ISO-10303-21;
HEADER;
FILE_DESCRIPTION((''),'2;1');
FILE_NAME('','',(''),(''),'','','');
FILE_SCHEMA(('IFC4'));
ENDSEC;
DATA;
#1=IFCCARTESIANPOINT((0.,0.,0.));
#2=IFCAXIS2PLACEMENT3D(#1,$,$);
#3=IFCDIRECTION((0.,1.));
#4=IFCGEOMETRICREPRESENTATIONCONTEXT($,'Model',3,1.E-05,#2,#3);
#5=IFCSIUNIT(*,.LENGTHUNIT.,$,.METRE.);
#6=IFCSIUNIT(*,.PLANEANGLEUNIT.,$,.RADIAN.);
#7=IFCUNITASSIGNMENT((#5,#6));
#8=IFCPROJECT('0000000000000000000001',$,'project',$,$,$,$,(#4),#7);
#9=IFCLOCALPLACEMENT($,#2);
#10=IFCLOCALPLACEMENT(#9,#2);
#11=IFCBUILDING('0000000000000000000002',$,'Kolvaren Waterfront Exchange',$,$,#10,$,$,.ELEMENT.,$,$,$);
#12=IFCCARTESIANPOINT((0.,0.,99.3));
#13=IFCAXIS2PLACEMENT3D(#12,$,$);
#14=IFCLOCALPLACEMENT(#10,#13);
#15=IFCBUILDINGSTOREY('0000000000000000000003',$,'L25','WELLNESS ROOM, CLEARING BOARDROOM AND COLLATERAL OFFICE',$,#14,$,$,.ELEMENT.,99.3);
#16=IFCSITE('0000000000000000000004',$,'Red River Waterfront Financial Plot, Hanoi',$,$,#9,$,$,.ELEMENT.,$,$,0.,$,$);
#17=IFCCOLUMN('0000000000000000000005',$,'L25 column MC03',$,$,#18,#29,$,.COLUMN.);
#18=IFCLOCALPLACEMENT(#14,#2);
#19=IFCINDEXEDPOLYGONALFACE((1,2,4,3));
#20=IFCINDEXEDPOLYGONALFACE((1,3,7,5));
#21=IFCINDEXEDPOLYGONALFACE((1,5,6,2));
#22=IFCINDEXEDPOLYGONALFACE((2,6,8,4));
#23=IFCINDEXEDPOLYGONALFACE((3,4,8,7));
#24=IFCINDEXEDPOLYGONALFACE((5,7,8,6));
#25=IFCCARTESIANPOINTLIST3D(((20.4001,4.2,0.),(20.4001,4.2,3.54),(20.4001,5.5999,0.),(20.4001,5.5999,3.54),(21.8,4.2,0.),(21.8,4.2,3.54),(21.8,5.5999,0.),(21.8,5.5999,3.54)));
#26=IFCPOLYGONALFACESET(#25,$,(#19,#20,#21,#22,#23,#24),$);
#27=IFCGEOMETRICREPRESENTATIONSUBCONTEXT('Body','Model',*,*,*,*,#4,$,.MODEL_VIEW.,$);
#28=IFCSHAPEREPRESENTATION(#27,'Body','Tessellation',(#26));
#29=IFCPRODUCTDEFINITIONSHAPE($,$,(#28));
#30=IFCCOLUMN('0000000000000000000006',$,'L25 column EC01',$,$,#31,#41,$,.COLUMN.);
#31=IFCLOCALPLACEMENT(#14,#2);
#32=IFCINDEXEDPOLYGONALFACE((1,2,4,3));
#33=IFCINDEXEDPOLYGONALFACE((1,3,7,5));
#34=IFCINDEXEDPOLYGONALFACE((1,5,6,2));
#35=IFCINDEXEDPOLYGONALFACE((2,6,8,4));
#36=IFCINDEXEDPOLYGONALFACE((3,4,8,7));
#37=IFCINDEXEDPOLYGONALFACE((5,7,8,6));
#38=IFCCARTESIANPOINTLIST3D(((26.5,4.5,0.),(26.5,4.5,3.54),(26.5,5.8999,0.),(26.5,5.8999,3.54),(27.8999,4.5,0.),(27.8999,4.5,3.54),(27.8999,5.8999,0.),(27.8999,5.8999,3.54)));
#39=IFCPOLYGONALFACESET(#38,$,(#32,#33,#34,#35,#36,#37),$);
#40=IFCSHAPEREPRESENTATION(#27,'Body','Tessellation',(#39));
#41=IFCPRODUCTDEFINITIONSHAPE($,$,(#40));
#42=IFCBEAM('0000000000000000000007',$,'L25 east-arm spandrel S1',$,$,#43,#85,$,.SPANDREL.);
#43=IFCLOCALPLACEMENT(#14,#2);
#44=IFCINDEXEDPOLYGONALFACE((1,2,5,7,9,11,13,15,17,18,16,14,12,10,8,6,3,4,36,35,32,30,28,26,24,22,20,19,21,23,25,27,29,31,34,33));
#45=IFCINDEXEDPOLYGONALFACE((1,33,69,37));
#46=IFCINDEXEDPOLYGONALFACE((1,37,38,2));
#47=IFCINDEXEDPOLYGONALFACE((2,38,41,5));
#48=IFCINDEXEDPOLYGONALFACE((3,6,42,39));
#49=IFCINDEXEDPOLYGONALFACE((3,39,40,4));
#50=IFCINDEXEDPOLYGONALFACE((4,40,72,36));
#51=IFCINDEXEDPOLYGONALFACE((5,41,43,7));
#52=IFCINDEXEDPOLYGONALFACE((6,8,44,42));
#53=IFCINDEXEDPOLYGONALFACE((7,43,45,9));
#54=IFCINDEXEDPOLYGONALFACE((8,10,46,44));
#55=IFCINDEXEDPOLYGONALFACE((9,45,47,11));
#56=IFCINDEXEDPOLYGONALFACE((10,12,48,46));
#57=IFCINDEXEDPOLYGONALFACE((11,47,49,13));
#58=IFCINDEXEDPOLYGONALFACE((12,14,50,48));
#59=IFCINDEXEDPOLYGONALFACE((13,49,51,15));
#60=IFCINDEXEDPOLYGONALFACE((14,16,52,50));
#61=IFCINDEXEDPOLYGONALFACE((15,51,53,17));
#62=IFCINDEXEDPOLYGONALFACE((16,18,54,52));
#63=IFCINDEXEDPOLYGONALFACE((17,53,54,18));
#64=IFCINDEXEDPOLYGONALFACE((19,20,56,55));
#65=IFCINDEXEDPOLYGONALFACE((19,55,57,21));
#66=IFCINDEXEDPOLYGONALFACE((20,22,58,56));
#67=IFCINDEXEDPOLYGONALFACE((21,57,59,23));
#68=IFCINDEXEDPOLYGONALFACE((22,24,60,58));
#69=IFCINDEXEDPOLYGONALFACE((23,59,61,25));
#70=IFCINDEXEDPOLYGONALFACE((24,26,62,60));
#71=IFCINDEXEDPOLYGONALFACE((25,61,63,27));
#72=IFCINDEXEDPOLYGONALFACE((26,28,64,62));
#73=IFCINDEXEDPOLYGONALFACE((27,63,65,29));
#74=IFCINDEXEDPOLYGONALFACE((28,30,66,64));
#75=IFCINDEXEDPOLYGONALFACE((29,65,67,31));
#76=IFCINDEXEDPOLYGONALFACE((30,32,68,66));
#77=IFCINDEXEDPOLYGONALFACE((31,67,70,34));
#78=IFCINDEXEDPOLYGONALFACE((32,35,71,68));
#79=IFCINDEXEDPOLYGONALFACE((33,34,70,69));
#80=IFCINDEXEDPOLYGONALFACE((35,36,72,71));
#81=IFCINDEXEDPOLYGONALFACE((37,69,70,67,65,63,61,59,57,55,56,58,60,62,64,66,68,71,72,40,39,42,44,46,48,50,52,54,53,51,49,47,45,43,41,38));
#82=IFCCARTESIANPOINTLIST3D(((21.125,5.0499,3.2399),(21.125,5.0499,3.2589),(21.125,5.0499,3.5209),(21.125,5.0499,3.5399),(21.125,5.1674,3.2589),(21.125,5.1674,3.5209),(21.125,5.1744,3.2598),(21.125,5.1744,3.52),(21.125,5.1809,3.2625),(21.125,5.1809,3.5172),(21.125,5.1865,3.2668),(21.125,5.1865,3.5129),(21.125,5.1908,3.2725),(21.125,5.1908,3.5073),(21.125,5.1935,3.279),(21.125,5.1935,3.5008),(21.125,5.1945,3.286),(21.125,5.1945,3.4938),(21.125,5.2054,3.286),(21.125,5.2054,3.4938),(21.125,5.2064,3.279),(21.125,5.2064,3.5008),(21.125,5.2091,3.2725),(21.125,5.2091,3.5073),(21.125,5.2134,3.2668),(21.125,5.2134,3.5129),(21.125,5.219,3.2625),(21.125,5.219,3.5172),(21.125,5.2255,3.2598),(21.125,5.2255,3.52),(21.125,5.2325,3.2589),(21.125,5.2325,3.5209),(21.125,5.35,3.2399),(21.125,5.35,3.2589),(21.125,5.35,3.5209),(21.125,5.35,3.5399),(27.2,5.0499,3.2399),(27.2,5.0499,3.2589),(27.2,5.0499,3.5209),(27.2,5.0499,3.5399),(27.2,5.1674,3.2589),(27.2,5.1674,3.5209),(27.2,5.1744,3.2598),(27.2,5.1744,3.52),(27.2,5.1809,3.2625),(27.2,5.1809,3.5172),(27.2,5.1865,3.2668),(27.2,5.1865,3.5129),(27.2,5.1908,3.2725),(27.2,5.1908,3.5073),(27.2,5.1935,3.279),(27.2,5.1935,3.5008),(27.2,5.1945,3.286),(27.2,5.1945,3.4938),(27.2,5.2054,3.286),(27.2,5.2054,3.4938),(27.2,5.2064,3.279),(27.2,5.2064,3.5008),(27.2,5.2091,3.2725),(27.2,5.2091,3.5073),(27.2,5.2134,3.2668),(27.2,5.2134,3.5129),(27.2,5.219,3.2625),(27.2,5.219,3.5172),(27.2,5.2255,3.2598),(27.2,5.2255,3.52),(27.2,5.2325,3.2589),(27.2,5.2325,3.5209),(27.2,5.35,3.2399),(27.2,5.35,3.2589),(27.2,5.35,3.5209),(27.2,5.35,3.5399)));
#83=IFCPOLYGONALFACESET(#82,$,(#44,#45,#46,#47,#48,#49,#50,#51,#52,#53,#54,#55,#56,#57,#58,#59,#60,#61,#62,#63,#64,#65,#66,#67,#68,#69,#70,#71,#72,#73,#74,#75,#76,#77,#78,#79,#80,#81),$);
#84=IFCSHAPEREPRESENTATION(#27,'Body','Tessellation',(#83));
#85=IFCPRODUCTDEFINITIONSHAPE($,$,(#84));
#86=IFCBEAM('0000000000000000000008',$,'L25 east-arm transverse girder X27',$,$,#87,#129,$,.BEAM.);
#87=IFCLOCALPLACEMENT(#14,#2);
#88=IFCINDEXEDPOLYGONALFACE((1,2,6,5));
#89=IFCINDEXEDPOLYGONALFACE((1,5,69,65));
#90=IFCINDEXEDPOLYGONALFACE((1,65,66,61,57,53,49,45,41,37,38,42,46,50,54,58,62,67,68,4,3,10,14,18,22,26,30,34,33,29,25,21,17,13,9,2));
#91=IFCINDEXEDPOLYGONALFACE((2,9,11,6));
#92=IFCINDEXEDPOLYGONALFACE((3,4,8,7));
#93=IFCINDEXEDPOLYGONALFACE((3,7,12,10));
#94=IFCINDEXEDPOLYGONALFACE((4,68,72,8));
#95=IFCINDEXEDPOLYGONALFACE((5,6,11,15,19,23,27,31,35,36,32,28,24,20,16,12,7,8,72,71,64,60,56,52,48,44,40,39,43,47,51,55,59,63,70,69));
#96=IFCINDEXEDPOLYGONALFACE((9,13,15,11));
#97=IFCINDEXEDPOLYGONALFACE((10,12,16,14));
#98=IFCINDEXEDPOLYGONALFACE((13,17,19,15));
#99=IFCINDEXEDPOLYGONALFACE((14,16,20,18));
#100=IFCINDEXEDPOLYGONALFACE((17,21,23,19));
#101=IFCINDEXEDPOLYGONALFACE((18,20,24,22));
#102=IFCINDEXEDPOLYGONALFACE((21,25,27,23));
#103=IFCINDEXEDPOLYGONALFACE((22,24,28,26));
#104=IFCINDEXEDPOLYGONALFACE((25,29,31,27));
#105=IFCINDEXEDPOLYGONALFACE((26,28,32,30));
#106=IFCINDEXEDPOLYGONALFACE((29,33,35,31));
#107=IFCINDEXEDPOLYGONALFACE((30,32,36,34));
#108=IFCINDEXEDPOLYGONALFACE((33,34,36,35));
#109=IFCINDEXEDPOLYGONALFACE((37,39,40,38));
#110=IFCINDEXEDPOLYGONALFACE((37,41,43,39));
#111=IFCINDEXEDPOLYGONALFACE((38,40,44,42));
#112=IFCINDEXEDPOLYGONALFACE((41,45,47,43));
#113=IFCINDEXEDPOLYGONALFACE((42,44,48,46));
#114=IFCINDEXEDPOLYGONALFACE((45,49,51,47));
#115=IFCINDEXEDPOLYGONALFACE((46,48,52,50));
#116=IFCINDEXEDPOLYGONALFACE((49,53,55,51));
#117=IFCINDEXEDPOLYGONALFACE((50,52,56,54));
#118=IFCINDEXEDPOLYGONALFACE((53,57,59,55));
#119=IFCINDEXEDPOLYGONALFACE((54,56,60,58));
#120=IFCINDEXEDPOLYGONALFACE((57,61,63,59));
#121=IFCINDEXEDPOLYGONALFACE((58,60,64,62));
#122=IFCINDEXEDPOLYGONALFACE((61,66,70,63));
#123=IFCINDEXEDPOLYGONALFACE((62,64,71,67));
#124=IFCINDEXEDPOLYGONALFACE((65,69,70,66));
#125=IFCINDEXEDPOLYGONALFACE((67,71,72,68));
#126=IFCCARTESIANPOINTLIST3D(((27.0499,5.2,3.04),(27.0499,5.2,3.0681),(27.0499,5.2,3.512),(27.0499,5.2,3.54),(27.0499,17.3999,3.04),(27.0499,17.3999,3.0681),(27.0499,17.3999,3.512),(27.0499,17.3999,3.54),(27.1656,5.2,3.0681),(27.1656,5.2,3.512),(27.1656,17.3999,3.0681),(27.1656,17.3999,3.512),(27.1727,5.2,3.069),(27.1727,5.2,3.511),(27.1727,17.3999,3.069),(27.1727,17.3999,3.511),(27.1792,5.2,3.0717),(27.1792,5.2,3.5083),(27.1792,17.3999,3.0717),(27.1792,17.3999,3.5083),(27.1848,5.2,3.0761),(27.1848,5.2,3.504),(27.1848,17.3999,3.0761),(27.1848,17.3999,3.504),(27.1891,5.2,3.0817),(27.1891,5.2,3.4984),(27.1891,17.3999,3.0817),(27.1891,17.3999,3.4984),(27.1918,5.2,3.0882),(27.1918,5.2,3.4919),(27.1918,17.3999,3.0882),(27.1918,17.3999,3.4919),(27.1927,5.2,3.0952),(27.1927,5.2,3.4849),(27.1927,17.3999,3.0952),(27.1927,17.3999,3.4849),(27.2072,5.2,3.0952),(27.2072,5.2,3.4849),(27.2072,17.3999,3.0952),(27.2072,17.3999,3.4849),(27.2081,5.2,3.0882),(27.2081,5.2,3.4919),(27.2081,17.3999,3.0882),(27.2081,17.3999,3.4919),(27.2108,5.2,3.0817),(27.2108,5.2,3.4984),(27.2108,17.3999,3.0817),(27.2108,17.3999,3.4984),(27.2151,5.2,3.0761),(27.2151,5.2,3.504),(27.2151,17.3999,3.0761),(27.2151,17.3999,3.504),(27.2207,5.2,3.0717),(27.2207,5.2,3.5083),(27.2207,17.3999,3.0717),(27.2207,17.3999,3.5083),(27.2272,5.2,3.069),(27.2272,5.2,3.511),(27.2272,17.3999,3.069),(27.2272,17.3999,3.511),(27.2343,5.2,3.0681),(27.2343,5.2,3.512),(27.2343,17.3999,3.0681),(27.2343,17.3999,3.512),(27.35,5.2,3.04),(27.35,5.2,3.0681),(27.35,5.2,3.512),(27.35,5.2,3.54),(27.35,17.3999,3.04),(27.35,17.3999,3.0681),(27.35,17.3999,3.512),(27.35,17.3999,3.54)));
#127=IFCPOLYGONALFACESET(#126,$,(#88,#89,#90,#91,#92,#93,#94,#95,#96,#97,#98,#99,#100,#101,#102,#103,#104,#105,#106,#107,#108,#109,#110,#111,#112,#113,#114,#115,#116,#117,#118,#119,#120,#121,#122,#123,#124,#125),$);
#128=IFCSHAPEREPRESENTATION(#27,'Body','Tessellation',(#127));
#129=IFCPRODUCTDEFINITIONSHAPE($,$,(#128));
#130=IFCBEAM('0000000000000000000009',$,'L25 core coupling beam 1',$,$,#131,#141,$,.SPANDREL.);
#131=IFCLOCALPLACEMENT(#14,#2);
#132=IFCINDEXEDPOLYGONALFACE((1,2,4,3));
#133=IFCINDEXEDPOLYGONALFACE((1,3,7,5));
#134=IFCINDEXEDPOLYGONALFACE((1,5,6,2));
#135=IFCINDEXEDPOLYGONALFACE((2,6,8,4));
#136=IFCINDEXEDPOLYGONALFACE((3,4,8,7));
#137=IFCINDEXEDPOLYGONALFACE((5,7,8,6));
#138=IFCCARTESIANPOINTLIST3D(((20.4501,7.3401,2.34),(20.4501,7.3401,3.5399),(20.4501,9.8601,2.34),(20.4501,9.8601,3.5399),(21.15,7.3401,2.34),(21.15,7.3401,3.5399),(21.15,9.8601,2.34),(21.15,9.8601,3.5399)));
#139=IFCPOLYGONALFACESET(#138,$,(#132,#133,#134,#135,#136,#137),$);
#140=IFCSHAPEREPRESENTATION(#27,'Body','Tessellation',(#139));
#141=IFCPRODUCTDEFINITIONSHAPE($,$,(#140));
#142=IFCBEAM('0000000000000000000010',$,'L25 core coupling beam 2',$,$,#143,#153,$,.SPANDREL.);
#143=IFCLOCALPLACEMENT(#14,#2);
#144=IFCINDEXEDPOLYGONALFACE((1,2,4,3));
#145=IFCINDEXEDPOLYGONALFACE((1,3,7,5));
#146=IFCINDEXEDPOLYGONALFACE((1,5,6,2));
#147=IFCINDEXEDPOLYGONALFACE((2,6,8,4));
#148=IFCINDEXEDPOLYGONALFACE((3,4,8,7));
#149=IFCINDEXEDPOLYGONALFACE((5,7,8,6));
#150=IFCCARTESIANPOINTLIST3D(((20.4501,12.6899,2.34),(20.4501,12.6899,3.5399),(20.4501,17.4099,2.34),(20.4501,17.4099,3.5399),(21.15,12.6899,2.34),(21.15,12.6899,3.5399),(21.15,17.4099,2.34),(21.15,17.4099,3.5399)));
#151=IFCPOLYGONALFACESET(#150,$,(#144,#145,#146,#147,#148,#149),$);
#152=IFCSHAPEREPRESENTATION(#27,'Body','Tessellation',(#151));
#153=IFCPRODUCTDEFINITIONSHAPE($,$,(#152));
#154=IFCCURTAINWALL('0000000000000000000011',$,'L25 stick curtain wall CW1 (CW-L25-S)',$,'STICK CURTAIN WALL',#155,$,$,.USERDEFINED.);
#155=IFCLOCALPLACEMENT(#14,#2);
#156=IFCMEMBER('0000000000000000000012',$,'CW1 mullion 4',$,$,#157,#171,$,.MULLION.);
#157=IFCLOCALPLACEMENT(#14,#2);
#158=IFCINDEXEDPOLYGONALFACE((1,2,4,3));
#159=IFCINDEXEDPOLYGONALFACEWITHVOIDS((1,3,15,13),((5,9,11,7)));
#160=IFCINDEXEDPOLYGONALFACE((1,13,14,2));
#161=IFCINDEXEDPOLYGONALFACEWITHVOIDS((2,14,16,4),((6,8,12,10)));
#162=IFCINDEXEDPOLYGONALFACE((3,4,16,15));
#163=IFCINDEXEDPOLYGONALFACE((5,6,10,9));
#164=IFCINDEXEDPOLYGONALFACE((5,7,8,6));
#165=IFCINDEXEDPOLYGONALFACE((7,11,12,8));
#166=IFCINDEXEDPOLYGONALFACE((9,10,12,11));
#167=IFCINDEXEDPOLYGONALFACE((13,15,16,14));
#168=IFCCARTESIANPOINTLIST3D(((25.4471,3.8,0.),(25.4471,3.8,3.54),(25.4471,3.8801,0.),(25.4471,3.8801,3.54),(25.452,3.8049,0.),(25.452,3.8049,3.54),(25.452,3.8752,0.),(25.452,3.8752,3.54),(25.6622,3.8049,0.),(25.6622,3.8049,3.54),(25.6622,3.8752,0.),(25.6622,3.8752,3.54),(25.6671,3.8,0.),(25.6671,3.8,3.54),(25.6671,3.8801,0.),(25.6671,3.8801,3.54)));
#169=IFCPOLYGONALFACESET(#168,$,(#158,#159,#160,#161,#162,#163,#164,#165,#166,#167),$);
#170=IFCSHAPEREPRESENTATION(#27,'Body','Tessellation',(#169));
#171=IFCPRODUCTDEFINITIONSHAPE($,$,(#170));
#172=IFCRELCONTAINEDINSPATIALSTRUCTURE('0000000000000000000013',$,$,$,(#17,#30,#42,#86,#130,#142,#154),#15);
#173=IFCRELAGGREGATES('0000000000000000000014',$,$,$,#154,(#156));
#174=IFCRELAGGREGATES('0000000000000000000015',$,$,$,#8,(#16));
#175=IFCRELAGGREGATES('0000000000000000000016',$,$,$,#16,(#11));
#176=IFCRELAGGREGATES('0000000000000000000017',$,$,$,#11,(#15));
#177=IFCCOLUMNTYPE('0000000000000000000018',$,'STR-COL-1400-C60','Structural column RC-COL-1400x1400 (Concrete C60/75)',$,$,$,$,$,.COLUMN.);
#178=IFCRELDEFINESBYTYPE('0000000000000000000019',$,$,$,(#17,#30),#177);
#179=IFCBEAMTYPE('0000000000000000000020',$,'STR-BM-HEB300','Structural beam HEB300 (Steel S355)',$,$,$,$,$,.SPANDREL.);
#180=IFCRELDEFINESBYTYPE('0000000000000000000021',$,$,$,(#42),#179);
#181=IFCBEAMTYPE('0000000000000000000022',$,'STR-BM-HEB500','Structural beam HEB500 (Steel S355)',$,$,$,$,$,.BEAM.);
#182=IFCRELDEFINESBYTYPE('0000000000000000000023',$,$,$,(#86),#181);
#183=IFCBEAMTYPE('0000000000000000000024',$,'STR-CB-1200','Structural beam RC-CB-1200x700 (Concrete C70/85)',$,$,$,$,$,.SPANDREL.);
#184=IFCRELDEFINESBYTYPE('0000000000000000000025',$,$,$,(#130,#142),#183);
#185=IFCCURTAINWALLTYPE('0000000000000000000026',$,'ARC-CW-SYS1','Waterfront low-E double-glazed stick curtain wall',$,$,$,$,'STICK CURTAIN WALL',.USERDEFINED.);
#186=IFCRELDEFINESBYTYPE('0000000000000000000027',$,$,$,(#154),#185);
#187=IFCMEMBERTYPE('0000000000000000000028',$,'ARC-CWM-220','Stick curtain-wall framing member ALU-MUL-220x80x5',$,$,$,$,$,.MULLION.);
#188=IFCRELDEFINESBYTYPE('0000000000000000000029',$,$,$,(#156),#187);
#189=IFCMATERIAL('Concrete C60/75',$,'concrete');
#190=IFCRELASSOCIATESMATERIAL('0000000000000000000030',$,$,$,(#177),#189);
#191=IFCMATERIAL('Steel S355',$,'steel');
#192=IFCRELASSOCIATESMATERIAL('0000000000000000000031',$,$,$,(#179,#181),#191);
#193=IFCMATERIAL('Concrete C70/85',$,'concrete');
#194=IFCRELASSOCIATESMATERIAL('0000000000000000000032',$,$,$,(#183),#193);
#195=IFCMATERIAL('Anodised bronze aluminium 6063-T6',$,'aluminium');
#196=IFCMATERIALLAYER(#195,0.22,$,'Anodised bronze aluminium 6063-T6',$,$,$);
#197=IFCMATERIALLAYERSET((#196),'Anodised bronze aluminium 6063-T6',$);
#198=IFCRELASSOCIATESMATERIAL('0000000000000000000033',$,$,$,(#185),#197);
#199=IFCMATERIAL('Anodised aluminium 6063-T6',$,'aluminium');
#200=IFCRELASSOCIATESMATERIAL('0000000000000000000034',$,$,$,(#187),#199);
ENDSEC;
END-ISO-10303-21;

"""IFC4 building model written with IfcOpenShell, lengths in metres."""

from ifc_helpers import new_model, si_unit, direction, frame, origin, origin_with_axes, origin_2d, place, context, subcontext, project, spatial, rectangle, hollow_rectangle, i_section, extrude, source, transform, mapped, material, layer, layer_set, material_profile, profile_set, type_object, element, aggregate, save


model = new_model("IFC4")

# Units and contexts
model_context = context("Model", 3, precision=1e-05, world=origin(), true_north=direction((0.0, 1.0)))
body_context = subcontext(model_context, "Body", "Model", "MODEL_VIEW")
ifc_project = project(units=[si_unit("LENGTHUNIT", "METRE"), si_unit("PLANEANGLEUNIT", "RADIAN")], contexts=[model_context])

# Site, building, storey
site_placement = place(None, origin())
site = spatial("IfcSite", under=ifc_project, at=site_placement, Name="Red River Waterfront Financial Plot, Hanoi", CompositionType="ELEMENT", RefElevation=0.0)
building_placement = place(site_placement, origin())
building = spatial("IfcBuilding", under=site, at=building_placement, Name="Kolvaren Waterfront Exchange", CompositionType="ELEMENT")
storey_placement = place(building_placement, frame((0.0, 0.0, 99.3)))
storey = spatial("IfcBuildingStorey", under=building, at=storey_placement, Name="L25", Description="WELLNESS ROOM, CLEARING BOARDROOM AND COLLATERAL OFFICE", CompositionType="ELEMENT", Elevation=99.3)

# Columns
ifc_material_1 = material(Name="Concrete C60/75", Category="concrete")
ifc_material_profile_1 = material_profile(ifc_material_1, rectangle(XDim=1.3999, YDim=1.3999, at=origin_2d()), Name="RC-COL-1400x1400")
ifc_profile_set_1 = profile_set([ifc_material_profile_1], Name="Concrete C60/75")
column_type = type_object("IfcColumnType", Name="STR-COL-1400-C60", Description="Structural column RC-COL-1400x1400 (Concrete C60/75)", PredefinedType="COLUMN", material=ifc_profile_set_1)
for number, where, z_axis, x_axis, name in (
    (1, (21.1001, 4.8999, 0.0), (0.0, 0.0, 1.0), (1.0, 0.0, 0.0), "L25 column MC03"),
    (2, (27.2, 5.2, 0.0), (0.0, 0.0, 1.0), (1.0, 0.0, 0.0), "L25 column EC01"),
):
    element("IfcColumn", number, at=place(storey_placement, frame(where, z_axis=z_axis, x_axis=x_axis)), inside=storey, type_object=column_type, Name=name, PredefinedType="COLUMN", context=body_context, shape_type="SweptSolid", body=[
        extrude(rectangle(XDim=1.3999, YDim=1.3999, at=origin_2d()), origin(), (0.0, 0.0, 1.0), 3.54),
    ])

# Beams
ifc_material_2 = material(Name="Steel S355", Category="steel")
ifc_material_profile_2 = material_profile(ifc_material_2, i_section(OverallWidth=0.3, OverallDepth=0.3, WebThickness=0.011, FlangeThickness=0.019, FilletRadius=0.0271, at=origin_2d()), Name="HEB300")
ifc_profile_set_2 = profile_set([ifc_material_profile_2], Name="Steel S355")
beam_type_1 = type_object("IfcBeamType", Name="STR-BM-HEB300", Description="Structural beam HEB300 (Steel S355)", PredefinedType="SPANDREL", material=ifc_profile_set_2)
beam_1_placement = place(storey_placement, frame((21.125, 5.2, 3.3899), z_axis=(1.0, 0.0, 0.0), x_axis=(0.0, 1.0, 0.0)))
element("IfcBeam", 3, at=beam_1_placement, inside=storey, type_object=beam_type_1, Name="L25 east-arm spandrel S1", PredefinedType="SPANDREL", context=body_context, shape_type="SweptSolid", body=[
    extrude(i_section(OverallWidth=0.3, OverallDepth=0.3, WebThickness=0.011, FlangeThickness=0.019, FilletRadius=0.0271, at=origin_2d()), origin(), (0.0, 0.0, 1.0), 6.075),
])
ifc_material_profile_3 = material_profile(ifc_material_2, i_section(OverallWidth=0.3, OverallDepth=0.5, WebThickness=0.0144, FlangeThickness=0.0281, FilletRadius=0.0271, at=origin_2d()), Name="HEB500")
ifc_profile_set_3 = profile_set([ifc_material_profile_3], Name="Steel S355")
beam_type_2 = type_object("IfcBeamType", Name="STR-BM-HEB500", Description="Structural beam HEB500 (Steel S355)", PredefinedType="BEAM", material=ifc_profile_set_3)
beam_2_placement = place(storey_placement, frame((27.2, 5.2, 3.29), z_axis=(0.0, 1.0, 0.0), x_axis=(-1.0, 0.0, 0.0)))
element("IfcBeam", 4, at=beam_2_placement, inside=storey, type_object=beam_type_2, Name="L25 east-arm transverse girder X27", PredefinedType="BEAM", context=body_context, shape_type="SweptSolid", body=[
    extrude(i_section(OverallWidth=0.3, OverallDepth=0.5, WebThickness=0.0144, FlangeThickness=0.0281, FilletRadius=0.0271, at=origin_2d()), origin(), (0.0, 0.0, 1.0), 12.2),
])
ifc_material_3 = material(Name="Concrete C70/85", Category="concrete")
ifc_material_profile_4 = material_profile(ifc_material_3, rectangle(XDim=0.7, YDim=1.2, at=origin_2d()), Name="RC-CB-1200x700")
ifc_profile_set_4 = profile_set([ifc_material_profile_4], Name="Concrete C70/85")
beam_type_3 = type_object("IfcBeamType", Name="STR-CB-1200", Description="Structural beam RC-CB-1200x700 (Concrete C70/85)", PredefinedType="SPANDREL", material=ifc_profile_set_4)
beam_3_placement = place(storey_placement, frame((20.8, 7.3401, 2.9399), z_axis=(0.0, 1.0, 0.0), x_axis=(-1.0, 0.0, 0.0)))
element("IfcBeam", 5, at=beam_3_placement, inside=storey, type_object=beam_type_3, Name="L25 core coupling beam 1", PredefinedType="SPANDREL", context=body_context, shape_type="SweptSolid", body=[
    extrude(rectangle(XDim=0.7, YDim=1.2, at=origin_2d()), origin(), (0.0, 0.0, 1.0), 2.52),
])
beam_4_placement = place(storey_placement, frame((20.8, 12.6899, 2.9399), z_axis=(0.0, 1.0, 0.0), x_axis=(-1.0, 0.0, 0.0)))
element("IfcBeam", 6, at=beam_4_placement, inside=storey, type_object=beam_type_3, Name="L25 core coupling beam 2", PredefinedType="SPANDREL", context=body_context, shape_type="SweptSolid", body=[
    extrude(rectangle(XDim=0.7, YDim=1.2, at=origin_2d()), origin(), (0.0, 0.0, 1.0), 4.72),
])

# Curtain wall, member
ifc_material_4 = material(Name="Anodised bronze aluminium 6063-T6", Category="aluminium")
ifc_layer_1 = layer(ifc_material_4, 0.22, Name="Anodised bronze aluminium 6063-T6")
ifc_layer_set_1 = layer_set([ifc_layer_1], Name="Anodised bronze aluminium 6063-T6")
curtain_wall_type = type_object("IfcCurtainWallType", Name="ARC-CW-SYS1", Description="Waterfront low-E double-glazed stick curtain wall", ElementType="STICK CURTAIN WALL", PredefinedType="USERDEFINED", material=ifc_layer_set_1)
curtain_wall_placement = place(storey_placement, origin())
curtain_wall = element("IfcCurtainWall", 7, at=curtain_wall_placement, inside=storey, type_object=curtain_wall_type, Name="L25 stick curtain wall CW1 (CW-L25-S)", ObjectType="STICK CURTAIN WALL", PredefinedType="USERDEFINED")
ifc_material_5 = material(Name="Anodised aluminium 6063-T6", Category="aluminium")
ifc_material_profile_5 = material_profile(ifc_material_5, hollow_rectangle(XDim=0.0801, YDim=0.22, WallThickness=0.0049, at=origin_2d()), Name="ALU-MUL-220x80x5")
ifc_profile_set_5 = profile_set([ifc_material_profile_5], Name="Anodised aluminium 6063-T6")
member_type_1 = type_object("IfcMemberType", Name="ARC-CWM-220", Description="Stick curtain-wall framing member ALU-MUL-220x80x5", PredefinedType="MULLION", material=ifc_profile_set_5)
shared_shape_1 = source(origin_with_axes(), body_context, "Body", "SweptSolid", [
    extrude(hollow_rectangle(XDim=0.0801, YDim=0.22, WallThickness=0.0049, at=origin_2d()), origin(), (0.0, 0.0, 1.0), 3.54),
])
member_1_placement = place(storey_placement, frame((25.5571, 3.8401, 0.0), z_axis=(0.0, 0.0, 1.0), x_axis=(0.0, 1.0, 0.0)))
member_1 = element("IfcMember", 8, at=member_1_placement, type_object=member_type_1, Name="CW1 mullion 4", PredefinedType="MULLION", context=body_context, shape_type="MappedRepresentation", body=[
    mapped(shared_shape_1, transform((0.0, 0.0, 0.0), x_axis=(1.0, 0.0, 0.0), y_axis=(0.0, 1.0, 0.0), z_axis=(0.0, 0.0, 1.0), scale=1.0)),
])
aggregate(curtain_wall, [member_1])

save(model, "model.ifc")
